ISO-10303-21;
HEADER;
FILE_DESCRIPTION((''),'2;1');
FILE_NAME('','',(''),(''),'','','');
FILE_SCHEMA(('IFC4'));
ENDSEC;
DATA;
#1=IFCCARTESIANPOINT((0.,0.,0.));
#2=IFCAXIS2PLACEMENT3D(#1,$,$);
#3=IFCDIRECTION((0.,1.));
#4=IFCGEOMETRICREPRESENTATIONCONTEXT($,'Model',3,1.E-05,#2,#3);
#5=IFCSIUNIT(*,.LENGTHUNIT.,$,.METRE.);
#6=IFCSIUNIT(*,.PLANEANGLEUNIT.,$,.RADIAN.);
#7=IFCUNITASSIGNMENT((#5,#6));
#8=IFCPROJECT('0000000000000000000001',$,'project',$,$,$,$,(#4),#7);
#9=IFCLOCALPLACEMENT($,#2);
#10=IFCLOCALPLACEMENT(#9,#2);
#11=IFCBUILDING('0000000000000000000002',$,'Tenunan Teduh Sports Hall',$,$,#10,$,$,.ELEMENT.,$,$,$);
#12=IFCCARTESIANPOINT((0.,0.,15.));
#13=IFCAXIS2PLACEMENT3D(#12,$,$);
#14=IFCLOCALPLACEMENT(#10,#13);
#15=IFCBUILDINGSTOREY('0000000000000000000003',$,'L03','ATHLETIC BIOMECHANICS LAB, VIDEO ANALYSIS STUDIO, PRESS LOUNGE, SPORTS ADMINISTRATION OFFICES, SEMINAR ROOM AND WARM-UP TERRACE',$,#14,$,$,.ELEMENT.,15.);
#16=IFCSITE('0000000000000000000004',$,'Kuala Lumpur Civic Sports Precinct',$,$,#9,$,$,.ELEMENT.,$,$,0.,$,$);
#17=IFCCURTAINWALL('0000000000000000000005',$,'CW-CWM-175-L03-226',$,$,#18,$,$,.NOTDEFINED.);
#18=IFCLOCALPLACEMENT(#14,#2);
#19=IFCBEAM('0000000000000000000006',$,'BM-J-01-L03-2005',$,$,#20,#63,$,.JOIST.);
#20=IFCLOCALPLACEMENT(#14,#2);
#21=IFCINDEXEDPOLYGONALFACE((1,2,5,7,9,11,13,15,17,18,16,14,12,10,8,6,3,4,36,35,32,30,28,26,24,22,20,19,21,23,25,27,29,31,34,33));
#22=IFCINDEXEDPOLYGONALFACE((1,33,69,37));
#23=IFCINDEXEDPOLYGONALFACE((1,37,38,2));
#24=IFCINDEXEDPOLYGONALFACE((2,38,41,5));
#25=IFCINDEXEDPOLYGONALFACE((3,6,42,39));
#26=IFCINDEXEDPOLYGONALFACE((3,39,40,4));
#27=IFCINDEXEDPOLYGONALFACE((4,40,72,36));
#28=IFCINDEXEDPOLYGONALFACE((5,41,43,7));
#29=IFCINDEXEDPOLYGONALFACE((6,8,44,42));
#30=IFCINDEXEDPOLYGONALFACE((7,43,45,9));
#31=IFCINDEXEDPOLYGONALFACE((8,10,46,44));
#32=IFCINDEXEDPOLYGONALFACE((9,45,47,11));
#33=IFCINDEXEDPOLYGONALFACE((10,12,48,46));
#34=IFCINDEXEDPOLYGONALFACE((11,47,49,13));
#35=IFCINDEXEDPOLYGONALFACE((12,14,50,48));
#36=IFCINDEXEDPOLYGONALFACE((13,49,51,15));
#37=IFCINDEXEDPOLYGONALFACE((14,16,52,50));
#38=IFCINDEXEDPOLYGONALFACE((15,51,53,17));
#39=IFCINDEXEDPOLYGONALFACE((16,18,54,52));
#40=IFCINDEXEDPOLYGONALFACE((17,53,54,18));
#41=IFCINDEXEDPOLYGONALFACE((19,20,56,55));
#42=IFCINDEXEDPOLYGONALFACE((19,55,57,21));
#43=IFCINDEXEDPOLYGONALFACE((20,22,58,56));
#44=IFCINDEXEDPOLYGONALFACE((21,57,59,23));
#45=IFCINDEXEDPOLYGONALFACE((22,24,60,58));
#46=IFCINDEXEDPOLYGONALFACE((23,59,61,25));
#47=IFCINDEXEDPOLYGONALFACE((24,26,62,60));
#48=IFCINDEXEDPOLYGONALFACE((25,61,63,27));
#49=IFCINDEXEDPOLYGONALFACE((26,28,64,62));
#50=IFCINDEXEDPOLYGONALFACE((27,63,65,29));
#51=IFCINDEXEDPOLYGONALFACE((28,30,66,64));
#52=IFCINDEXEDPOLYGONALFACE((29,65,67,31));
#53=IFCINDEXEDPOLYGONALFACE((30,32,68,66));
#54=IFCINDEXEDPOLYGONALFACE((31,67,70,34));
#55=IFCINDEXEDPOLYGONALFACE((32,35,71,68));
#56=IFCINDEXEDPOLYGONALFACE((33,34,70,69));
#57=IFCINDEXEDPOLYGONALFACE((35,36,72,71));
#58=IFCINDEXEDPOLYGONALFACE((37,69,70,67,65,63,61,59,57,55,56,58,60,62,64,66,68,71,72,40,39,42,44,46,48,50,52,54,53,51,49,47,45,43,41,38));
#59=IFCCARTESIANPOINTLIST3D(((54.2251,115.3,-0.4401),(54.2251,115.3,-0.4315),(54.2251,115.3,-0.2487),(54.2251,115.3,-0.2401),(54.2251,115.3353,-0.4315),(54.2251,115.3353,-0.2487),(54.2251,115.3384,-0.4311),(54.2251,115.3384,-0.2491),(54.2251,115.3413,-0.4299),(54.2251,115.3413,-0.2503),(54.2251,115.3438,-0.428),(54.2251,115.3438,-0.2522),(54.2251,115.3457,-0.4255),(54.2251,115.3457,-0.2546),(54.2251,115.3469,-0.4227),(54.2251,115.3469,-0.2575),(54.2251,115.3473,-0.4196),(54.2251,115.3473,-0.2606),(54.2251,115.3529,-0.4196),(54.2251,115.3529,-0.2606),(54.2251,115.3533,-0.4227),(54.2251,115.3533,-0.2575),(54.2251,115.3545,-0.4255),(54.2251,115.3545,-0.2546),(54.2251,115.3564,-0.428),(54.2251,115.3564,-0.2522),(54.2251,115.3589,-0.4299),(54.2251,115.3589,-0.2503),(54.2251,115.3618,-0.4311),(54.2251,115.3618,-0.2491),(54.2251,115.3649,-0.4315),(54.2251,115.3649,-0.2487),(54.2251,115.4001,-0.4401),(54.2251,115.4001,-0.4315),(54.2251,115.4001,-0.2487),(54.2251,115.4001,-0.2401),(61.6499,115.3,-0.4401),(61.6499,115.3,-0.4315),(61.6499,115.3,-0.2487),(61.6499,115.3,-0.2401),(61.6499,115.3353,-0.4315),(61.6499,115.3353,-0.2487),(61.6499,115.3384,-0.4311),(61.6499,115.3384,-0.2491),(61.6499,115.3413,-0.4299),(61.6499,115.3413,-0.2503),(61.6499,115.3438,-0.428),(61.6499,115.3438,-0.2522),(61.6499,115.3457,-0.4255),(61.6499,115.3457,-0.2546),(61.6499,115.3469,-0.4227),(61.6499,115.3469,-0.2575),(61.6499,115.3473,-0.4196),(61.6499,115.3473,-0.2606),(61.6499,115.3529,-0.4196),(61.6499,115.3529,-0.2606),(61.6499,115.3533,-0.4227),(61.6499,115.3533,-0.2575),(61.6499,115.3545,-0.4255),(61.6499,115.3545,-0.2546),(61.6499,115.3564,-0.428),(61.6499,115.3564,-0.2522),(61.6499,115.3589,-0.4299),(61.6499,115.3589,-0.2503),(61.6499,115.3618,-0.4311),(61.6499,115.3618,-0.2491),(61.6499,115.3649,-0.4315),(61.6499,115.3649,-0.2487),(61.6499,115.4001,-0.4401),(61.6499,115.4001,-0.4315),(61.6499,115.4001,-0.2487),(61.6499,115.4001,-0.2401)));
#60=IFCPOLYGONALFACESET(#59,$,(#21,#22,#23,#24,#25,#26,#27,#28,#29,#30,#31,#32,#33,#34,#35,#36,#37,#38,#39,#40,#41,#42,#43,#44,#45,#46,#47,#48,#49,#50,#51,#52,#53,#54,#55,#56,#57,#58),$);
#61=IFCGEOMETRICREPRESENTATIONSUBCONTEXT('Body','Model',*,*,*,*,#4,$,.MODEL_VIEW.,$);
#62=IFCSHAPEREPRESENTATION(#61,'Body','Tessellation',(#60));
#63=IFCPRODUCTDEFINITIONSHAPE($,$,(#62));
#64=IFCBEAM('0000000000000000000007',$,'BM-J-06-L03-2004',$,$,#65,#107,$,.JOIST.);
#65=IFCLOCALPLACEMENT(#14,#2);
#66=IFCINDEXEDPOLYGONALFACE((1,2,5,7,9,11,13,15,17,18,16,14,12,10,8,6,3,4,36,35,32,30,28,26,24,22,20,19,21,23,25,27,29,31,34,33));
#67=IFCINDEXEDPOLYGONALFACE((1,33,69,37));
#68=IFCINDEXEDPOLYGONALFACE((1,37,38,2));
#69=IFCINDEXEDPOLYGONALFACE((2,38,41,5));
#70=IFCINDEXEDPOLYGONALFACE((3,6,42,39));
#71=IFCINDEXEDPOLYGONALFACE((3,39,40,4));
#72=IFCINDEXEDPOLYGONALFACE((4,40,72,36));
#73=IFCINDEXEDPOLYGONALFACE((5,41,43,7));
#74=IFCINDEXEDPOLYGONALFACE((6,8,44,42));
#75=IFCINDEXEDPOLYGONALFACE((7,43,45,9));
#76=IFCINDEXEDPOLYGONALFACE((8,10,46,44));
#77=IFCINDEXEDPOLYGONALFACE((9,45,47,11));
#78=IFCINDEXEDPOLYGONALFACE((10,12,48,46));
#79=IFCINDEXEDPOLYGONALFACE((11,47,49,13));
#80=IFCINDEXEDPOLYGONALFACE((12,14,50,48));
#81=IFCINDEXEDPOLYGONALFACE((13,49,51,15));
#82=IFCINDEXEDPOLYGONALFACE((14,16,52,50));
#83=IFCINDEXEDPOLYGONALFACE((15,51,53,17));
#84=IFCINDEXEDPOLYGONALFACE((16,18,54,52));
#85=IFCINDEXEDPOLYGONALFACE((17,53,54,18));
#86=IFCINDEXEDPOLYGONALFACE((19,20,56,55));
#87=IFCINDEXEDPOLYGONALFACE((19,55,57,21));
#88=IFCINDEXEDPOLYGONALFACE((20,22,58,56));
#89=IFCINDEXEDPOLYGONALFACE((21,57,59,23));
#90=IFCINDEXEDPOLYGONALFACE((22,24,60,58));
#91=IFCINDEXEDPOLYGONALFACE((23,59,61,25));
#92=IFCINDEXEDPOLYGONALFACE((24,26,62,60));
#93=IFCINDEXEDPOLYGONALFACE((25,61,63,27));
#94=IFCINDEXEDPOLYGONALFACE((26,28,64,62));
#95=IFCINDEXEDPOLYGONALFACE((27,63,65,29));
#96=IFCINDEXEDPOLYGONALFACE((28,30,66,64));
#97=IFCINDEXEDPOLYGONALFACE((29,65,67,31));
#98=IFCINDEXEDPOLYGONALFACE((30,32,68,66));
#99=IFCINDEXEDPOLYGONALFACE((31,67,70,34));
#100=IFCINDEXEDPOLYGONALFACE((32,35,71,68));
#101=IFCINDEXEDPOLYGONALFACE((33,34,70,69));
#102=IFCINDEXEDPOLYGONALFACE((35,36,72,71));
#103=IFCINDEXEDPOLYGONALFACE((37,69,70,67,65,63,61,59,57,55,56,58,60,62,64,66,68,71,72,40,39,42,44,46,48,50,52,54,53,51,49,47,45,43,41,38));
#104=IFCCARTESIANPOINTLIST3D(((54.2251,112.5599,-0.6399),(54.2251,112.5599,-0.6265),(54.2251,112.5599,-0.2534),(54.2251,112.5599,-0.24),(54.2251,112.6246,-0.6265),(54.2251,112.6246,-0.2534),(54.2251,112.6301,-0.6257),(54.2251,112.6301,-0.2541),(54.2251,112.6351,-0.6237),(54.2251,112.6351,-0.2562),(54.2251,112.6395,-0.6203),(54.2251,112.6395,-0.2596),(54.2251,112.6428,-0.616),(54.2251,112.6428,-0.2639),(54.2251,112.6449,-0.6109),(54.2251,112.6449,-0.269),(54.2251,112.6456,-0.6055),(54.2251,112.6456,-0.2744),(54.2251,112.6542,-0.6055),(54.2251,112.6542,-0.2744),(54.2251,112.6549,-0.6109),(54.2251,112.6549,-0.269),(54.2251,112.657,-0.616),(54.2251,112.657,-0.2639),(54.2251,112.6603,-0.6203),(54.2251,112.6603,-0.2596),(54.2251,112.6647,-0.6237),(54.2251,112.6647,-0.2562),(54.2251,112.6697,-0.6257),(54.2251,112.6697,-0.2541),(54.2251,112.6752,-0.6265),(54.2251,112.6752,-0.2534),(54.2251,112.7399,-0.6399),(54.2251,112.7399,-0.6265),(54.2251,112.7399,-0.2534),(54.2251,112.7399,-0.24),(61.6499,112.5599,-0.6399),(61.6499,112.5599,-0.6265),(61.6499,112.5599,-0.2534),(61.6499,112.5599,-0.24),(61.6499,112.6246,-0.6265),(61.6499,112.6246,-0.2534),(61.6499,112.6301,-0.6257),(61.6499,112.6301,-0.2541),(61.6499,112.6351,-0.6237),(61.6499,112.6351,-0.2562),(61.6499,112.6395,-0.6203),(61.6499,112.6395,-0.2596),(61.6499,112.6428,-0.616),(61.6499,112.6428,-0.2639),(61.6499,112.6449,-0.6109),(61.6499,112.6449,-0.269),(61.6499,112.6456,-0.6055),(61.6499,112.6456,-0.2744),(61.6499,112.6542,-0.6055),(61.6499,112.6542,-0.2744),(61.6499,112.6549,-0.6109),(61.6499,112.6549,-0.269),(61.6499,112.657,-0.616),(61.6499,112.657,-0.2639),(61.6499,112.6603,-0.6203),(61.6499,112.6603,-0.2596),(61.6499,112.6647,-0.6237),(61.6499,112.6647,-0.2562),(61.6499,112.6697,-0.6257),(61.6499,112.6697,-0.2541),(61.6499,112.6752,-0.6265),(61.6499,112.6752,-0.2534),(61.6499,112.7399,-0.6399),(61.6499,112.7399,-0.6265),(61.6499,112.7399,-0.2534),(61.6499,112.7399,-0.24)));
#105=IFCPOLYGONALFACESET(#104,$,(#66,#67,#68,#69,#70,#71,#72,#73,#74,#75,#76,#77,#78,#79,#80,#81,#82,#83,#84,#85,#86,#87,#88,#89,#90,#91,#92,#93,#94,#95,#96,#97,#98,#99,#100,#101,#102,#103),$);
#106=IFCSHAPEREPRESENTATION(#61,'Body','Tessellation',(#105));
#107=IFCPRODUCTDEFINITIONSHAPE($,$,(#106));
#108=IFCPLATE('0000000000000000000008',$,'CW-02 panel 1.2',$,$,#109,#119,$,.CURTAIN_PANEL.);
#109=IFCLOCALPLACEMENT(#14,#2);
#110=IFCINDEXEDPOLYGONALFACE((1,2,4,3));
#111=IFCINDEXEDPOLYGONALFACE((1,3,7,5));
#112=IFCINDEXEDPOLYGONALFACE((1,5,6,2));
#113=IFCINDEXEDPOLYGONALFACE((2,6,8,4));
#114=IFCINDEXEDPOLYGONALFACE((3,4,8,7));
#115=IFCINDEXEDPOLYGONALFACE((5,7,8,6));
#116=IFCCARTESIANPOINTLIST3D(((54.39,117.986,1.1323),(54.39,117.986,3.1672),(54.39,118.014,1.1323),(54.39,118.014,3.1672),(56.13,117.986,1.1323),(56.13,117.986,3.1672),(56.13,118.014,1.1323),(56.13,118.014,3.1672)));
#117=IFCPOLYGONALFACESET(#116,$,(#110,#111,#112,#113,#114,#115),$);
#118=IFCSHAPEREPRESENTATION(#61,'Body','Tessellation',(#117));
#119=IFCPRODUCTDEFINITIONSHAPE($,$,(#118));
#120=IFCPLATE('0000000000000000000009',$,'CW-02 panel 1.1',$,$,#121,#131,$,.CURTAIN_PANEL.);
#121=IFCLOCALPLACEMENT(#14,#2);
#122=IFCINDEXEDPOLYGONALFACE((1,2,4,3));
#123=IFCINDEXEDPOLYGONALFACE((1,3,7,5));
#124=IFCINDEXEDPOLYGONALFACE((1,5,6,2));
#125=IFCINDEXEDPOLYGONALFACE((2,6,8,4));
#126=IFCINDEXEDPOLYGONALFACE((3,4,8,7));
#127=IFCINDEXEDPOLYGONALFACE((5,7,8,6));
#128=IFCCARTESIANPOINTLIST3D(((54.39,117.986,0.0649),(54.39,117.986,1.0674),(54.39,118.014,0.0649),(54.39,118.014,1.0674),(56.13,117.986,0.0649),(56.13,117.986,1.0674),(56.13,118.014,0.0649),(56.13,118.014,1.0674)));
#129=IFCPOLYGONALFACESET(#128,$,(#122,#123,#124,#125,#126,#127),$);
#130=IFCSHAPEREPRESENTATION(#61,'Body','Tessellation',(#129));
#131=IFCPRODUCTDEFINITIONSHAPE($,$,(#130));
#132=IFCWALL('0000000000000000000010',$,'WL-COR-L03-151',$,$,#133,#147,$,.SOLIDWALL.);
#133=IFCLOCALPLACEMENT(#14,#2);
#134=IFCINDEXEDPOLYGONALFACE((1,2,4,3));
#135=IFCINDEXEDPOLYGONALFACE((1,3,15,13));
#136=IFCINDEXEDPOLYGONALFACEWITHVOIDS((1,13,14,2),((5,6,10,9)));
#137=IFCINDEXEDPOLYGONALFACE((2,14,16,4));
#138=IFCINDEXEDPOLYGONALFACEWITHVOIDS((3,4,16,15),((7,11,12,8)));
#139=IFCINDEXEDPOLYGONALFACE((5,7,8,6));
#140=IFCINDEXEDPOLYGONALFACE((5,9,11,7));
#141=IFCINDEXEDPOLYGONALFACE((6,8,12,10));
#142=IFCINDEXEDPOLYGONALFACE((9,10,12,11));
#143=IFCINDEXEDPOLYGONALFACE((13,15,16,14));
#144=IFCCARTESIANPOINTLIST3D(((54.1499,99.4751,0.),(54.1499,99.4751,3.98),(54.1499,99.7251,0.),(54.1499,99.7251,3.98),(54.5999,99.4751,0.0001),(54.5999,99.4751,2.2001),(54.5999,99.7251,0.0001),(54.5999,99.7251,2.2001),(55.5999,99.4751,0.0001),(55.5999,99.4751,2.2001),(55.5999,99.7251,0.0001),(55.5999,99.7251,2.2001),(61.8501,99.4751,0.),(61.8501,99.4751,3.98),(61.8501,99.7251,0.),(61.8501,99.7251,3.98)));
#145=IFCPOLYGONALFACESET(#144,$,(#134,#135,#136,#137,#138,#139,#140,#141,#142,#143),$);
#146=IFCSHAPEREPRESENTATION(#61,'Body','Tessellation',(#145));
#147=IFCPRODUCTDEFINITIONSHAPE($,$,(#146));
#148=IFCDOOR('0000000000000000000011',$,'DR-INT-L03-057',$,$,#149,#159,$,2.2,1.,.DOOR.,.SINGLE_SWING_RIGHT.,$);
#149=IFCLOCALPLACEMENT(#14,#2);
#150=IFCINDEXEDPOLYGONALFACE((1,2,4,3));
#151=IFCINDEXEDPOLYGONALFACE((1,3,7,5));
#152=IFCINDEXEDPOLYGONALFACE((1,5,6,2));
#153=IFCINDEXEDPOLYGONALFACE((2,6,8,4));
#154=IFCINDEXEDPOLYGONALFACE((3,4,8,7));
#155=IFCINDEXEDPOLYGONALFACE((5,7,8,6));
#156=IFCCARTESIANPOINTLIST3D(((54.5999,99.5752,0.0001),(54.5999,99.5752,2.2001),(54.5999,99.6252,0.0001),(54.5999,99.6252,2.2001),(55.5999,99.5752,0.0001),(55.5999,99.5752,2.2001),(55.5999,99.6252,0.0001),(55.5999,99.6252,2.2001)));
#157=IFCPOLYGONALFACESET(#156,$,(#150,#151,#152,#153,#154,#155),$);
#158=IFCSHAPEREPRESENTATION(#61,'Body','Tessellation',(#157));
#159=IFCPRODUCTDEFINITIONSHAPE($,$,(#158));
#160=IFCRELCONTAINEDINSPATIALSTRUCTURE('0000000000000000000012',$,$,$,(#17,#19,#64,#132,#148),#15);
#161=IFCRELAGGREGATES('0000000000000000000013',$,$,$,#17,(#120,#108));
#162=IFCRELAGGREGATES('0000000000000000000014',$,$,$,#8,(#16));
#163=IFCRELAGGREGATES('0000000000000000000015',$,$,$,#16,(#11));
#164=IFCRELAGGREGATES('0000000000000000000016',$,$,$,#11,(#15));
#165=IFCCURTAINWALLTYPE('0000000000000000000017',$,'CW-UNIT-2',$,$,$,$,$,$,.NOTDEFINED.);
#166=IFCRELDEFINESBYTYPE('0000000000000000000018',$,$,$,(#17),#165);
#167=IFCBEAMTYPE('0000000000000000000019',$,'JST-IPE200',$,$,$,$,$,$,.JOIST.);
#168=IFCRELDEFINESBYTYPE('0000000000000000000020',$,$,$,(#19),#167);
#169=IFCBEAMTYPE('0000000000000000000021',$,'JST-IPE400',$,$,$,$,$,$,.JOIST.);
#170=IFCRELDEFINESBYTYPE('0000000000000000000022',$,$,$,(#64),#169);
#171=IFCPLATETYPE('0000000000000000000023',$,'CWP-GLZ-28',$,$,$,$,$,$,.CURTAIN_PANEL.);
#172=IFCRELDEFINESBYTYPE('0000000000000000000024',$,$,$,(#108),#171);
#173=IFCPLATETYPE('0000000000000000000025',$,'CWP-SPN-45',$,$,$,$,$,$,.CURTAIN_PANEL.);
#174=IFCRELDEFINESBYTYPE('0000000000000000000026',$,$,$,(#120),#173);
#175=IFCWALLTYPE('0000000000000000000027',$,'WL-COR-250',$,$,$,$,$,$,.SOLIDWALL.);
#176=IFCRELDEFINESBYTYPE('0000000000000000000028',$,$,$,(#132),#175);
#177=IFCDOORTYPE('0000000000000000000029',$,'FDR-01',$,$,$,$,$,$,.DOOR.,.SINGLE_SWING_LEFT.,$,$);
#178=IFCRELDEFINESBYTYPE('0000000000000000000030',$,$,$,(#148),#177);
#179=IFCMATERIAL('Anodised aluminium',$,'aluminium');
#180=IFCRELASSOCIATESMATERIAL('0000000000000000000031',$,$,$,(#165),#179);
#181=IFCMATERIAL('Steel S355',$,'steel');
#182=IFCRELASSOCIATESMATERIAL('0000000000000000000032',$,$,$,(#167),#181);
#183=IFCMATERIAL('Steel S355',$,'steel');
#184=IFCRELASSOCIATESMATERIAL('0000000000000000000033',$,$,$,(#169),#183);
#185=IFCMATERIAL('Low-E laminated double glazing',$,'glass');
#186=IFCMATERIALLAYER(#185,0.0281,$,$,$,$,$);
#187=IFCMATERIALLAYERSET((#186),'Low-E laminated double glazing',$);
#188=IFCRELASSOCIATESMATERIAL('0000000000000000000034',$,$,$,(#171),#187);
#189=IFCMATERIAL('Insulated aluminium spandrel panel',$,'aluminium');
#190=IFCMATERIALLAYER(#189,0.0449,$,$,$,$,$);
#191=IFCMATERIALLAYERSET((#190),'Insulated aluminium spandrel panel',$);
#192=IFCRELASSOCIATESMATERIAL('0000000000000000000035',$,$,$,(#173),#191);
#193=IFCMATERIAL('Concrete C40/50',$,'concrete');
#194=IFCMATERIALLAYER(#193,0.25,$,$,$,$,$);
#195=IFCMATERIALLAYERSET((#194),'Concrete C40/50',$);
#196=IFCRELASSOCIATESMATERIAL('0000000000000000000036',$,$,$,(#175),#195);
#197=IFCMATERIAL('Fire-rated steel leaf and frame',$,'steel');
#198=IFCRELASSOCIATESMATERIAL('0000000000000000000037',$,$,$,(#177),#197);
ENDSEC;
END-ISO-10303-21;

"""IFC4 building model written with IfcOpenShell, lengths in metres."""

from ifc_helpers import new_model, si_unit, direction, frame, frame_2d, origin, origin_2d, place, context, subcontext, project, spatial, rectangle, i_section, extrude, material, layer, layer_set, material_profile, profile_set, type_object, element, fill, aggregate, save


model = new_model("IFC4")

# Units and contexts
model_context = context("Model", 3, precision=1e-05, world=origin(), true_north=direction((0.0, 1.0)))
body_context = subcontext(model_context, "Body", "Model", "MODEL_VIEW")
ifc_project = project(units=[si_unit("LENGTHUNIT", "METRE"), si_unit("PLANEANGLEUNIT", "RADIAN")], contexts=[model_context])

# Site, building, storey
site_placement = place(None, origin())
site = spatial("IfcSite", under=ifc_project, at=site_placement, Name="Kuala Lumpur Civic Sports Precinct", CompositionType="ELEMENT", RefElevation=0.0)
building_placement = place(site_placement, origin())
building = spatial("IfcBuilding", under=site, at=building_placement, Name="Tenunan Teduh Sports Hall", CompositionType="ELEMENT")
storey_placement = place(building_placement, frame((0.0, 0.0, 15.0)))
storey = spatial("IfcBuildingStorey", under=building, at=storey_placement, Name="L03", Description="ATHLETIC BIOMECHANICS LAB, VIDEO ANALYSIS STUDIO, PRESS LOUNGE, SPORTS ADMINISTRATION OFFICES, SEMINAR ROOM AND WARM-UP TERRACE", CompositionType="ELEMENT", Elevation=15.0)

# Curtain wall
ifc_material_1 = material(Name="Anodised aluminium", Category="aluminium")
curtain_wall_type = type_object("IfcCurtainWallType", Name="CW-UNIT-2", PredefinedType="NOTDEFINED", material=ifc_material_1)
curtain_wall_placement = place(storey_placement, origin())
curtain_wall = element("IfcCurtainWall", 1, at=curtain_wall_placement, inside=storey, type_object=curtain_wall_type, Name="CW-CWM-175-L03-226", PredefinedType="NOTDEFINED")

# Beams
ifc_material_2 = material(Name="Steel S355", Category="steel")
ifc_material_profile_1 = material_profile(ifc_material_2, i_section(OverallWidth=0.1001, OverallDepth=0.2, WebThickness=0.0056, FlangeThickness=0.0085, FilletRadius=0.012, at=origin_2d()), Name="IPE 200")
ifc_profile_set_1 = profile_set([ifc_material_profile_1], Name="Steel S355")
beam_type_1 = type_object("IfcBeamType", Name="JST-IPE200", PredefinedType="JOIST", material=ifc_profile_set_1)
beam_1_placement = place(storey_placement, frame((54.2251, 115.3501, -0.3401), z_axis=(1.0, 0.0, 0.0), x_axis=(0.0, 1.0, 0.0)))
element("IfcBeam", 2, at=beam_1_placement, inside=storey, type_object=beam_type_1, Name="BM-J-01-L03-2005", PredefinedType="JOIST", context=body_context, shape_type="SweptSolid", body=[
    extrude(i_section(OverallWidth=0.1001, OverallDepth=0.2, WebThickness=0.0056, FlangeThickness=0.0085, FilletRadius=0.012, at=origin_2d()), origin(), (0.0, 0.0, 1.0), 7.4248),
])
ifc_material_3 = material(Name="Steel S355", Category="steel")
ifc_material_profile_2 = material_profile(ifc_material_3, i_section(OverallWidth=0.1799, OverallDepth=0.3999, WebThickness=0.0085, FlangeThickness=0.0134, FilletRadius=0.021, at=origin_2d()), Name="IPE 400")
ifc_profile_set_2 = profile_set([ifc_material_profile_2], Name="Steel S355")
beam_type_2 = type_object("IfcBeamType", Name="JST-IPE400", PredefinedType="JOIST", material=ifc_profile_set_2)
beam_2_placement = place(storey_placement, frame((54.2251, 112.6499, -0.4399), z_axis=(1.0, 0.0, 0.0), x_axis=(0.0, 1.0, 0.0)))
element("IfcBeam", 3, at=beam_2_placement, inside=storey, type_object=beam_type_2, Name="BM-J-06-L03-2004", PredefinedType="JOIST", context=body_context, shape_type="SweptSolid", body=[
    extrude(i_section(OverallWidth=0.1799, OverallDepth=0.3999, WebThickness=0.0085, FlangeThickness=0.0134, FilletRadius=0.021, at=origin_2d()), origin(), (0.0, 0.0, 1.0), 7.4248),
])

# Plates
ifc_material_4 = material(Name="Low-E laminated double glazing", Category="glass")
ifc_layer_1 = layer(ifc_material_4, 0.0281)
ifc_layer_set_1 = layer_set([ifc_layer_1], Name="Low-E laminated double glazing")
plate_type_1 = type_object("IfcPlateType", Name="CWP-GLZ-28", PredefinedType="CURTAIN_PANEL", material=ifc_layer_set_1)
plate_1_placement = place(storey_placement, frame((55.26, 118.0, 1.1323), z_axis=(0.0, 0.0, 1.0), x_axis=(1.0, 0.0, 0.0)))
plate_1 = element("IfcPlate", 4, at=plate_1_placement, type_object=plate_type_1, Name="CW-02 panel 1.2", PredefinedType="CURTAIN_PANEL", context=body_context, shape_type="SweptSolid", body=[
    extrude(rectangle(XDim=1.74, YDim=0.0281, at=origin_2d()), origin(), (0.0, 0.0, 1.0), 2.0349),
])
ifc_material_5 = material(Name="Insulated aluminium spandrel panel", Category="aluminium")
ifc_layer_2 = layer(ifc_material_5, 0.0449)
ifc_layer_set_2 = layer_set([ifc_layer_2], Name="Insulated aluminium spandrel panel")
plate_type_2 = type_object("IfcPlateType", Name="CWP-SPN-45", PredefinedType="CURTAIN_PANEL", material=ifc_layer_set_2)
plate_2_placement = place(storey_placement, frame((55.26, 118.0, 0.0649), z_axis=(0.0, 0.0, 1.0), x_axis=(1.0, 0.0, 0.0)))
plate_2 = element("IfcPlate", 5, at=plate_2_placement, type_object=plate_type_2, Name="CW-02 panel 1.1", PredefinedType="CURTAIN_PANEL", context=body_context, shape_type="SweptSolid", body=[
    extrude(rectangle(XDim=1.74, YDim=0.0281, at=origin_2d()), origin(), (0.0, 0.0, 1.0), 1.0024),
])
aggregate(curtain_wall, [plate_2, plate_1])

# Wall, opening, door
ifc_material_6 = material(Name="Concrete C40/50", Category="concrete")
ifc_layer_3 = layer(ifc_material_6, 0.25)
ifc_layer_set_3 = layer_set([ifc_layer_3], Name="Concrete C40/50")
wall_type_1 = type_object("IfcWallType", Name="WL-COR-250", PredefinedType="SOLIDWALL", material=ifc_layer_set_3)
wall_1_placement = place(storey_placement, frame((54.1499, 99.6001, 0.0), z_axis=(0.0, 0.0, 1.0), x_axis=(1.0, 0.0, 0.0)))
wall_1 = element("IfcWall", 6, at=wall_1_placement, inside=storey, type_object=wall_type_1, Name="WL-COR-L03-151", PredefinedType="SOLIDWALL", context=body_context, shape_type="SweptSolid", body=[
    extrude(rectangle(XDim=7.7002, YDim=0.25, at=frame_2d((3.8501, 0.0))), origin(), (0.0, 0.0, 1.0), 3.98),
])
opening_1_placement = place(wall_1_placement, frame((0.45, 0.0, 0.0)))
opening_1 = element("IfcOpeningElement", 7, at=opening_1_placement, cuts=wall_1, PredefinedType="OPENING", context=body_context, shape_type="SweptSolid", body=[
    extrude(rectangle(XDim=1.0, YDim=2.2, at=frame_2d((0.5, 1.1001))), frame((0.0, 0.135, 0.0), z_axis=(0.0, -1.0, 0.0), x_axis=(1.0, 0.0, 0.0)), (0.0, 0.0, 1.0), 0.27),
])
ifc_material_7 = material(Name="Fire-rated steel leaf and frame", Category="steel")
door_type_1 = type_object("IfcDoorType", Name="FDR-01", OperationType="SINGLE_SWING_LEFT", PredefinedType="DOOR", material=ifc_material_7)
door_1_placement = place(opening_1_placement, frame((1.0, 0.0, 0.0), z_axis=(0.0, 0.0, 1.0), x_axis=(-1.0, 0.0, 0.0)))
door_1 = element("IfcDoor", 8, at=door_1_placement, inside=storey, type_object=door_type_1, Name="DR-INT-L03-057", OperationType="SINGLE_SWING_RIGHT", OverallHeight=2.2, OverallWidth=1.0, PredefinedType="DOOR", context=body_context, shape_type="SweptSolid", body=[
    extrude(rectangle(XDim=1.0, YDim=2.2, at=frame_2d((0.5, 1.1001))), frame((0.0, 0.0249, 0.0), z_axis=(0.0, -1.0, 0.0), x_axis=(1.0, 0.0, 0.0)), (0.0, 0.0, 1.0), 0.05),
])
fill(opening_1, door_1)

save(model, "model.ifc")
